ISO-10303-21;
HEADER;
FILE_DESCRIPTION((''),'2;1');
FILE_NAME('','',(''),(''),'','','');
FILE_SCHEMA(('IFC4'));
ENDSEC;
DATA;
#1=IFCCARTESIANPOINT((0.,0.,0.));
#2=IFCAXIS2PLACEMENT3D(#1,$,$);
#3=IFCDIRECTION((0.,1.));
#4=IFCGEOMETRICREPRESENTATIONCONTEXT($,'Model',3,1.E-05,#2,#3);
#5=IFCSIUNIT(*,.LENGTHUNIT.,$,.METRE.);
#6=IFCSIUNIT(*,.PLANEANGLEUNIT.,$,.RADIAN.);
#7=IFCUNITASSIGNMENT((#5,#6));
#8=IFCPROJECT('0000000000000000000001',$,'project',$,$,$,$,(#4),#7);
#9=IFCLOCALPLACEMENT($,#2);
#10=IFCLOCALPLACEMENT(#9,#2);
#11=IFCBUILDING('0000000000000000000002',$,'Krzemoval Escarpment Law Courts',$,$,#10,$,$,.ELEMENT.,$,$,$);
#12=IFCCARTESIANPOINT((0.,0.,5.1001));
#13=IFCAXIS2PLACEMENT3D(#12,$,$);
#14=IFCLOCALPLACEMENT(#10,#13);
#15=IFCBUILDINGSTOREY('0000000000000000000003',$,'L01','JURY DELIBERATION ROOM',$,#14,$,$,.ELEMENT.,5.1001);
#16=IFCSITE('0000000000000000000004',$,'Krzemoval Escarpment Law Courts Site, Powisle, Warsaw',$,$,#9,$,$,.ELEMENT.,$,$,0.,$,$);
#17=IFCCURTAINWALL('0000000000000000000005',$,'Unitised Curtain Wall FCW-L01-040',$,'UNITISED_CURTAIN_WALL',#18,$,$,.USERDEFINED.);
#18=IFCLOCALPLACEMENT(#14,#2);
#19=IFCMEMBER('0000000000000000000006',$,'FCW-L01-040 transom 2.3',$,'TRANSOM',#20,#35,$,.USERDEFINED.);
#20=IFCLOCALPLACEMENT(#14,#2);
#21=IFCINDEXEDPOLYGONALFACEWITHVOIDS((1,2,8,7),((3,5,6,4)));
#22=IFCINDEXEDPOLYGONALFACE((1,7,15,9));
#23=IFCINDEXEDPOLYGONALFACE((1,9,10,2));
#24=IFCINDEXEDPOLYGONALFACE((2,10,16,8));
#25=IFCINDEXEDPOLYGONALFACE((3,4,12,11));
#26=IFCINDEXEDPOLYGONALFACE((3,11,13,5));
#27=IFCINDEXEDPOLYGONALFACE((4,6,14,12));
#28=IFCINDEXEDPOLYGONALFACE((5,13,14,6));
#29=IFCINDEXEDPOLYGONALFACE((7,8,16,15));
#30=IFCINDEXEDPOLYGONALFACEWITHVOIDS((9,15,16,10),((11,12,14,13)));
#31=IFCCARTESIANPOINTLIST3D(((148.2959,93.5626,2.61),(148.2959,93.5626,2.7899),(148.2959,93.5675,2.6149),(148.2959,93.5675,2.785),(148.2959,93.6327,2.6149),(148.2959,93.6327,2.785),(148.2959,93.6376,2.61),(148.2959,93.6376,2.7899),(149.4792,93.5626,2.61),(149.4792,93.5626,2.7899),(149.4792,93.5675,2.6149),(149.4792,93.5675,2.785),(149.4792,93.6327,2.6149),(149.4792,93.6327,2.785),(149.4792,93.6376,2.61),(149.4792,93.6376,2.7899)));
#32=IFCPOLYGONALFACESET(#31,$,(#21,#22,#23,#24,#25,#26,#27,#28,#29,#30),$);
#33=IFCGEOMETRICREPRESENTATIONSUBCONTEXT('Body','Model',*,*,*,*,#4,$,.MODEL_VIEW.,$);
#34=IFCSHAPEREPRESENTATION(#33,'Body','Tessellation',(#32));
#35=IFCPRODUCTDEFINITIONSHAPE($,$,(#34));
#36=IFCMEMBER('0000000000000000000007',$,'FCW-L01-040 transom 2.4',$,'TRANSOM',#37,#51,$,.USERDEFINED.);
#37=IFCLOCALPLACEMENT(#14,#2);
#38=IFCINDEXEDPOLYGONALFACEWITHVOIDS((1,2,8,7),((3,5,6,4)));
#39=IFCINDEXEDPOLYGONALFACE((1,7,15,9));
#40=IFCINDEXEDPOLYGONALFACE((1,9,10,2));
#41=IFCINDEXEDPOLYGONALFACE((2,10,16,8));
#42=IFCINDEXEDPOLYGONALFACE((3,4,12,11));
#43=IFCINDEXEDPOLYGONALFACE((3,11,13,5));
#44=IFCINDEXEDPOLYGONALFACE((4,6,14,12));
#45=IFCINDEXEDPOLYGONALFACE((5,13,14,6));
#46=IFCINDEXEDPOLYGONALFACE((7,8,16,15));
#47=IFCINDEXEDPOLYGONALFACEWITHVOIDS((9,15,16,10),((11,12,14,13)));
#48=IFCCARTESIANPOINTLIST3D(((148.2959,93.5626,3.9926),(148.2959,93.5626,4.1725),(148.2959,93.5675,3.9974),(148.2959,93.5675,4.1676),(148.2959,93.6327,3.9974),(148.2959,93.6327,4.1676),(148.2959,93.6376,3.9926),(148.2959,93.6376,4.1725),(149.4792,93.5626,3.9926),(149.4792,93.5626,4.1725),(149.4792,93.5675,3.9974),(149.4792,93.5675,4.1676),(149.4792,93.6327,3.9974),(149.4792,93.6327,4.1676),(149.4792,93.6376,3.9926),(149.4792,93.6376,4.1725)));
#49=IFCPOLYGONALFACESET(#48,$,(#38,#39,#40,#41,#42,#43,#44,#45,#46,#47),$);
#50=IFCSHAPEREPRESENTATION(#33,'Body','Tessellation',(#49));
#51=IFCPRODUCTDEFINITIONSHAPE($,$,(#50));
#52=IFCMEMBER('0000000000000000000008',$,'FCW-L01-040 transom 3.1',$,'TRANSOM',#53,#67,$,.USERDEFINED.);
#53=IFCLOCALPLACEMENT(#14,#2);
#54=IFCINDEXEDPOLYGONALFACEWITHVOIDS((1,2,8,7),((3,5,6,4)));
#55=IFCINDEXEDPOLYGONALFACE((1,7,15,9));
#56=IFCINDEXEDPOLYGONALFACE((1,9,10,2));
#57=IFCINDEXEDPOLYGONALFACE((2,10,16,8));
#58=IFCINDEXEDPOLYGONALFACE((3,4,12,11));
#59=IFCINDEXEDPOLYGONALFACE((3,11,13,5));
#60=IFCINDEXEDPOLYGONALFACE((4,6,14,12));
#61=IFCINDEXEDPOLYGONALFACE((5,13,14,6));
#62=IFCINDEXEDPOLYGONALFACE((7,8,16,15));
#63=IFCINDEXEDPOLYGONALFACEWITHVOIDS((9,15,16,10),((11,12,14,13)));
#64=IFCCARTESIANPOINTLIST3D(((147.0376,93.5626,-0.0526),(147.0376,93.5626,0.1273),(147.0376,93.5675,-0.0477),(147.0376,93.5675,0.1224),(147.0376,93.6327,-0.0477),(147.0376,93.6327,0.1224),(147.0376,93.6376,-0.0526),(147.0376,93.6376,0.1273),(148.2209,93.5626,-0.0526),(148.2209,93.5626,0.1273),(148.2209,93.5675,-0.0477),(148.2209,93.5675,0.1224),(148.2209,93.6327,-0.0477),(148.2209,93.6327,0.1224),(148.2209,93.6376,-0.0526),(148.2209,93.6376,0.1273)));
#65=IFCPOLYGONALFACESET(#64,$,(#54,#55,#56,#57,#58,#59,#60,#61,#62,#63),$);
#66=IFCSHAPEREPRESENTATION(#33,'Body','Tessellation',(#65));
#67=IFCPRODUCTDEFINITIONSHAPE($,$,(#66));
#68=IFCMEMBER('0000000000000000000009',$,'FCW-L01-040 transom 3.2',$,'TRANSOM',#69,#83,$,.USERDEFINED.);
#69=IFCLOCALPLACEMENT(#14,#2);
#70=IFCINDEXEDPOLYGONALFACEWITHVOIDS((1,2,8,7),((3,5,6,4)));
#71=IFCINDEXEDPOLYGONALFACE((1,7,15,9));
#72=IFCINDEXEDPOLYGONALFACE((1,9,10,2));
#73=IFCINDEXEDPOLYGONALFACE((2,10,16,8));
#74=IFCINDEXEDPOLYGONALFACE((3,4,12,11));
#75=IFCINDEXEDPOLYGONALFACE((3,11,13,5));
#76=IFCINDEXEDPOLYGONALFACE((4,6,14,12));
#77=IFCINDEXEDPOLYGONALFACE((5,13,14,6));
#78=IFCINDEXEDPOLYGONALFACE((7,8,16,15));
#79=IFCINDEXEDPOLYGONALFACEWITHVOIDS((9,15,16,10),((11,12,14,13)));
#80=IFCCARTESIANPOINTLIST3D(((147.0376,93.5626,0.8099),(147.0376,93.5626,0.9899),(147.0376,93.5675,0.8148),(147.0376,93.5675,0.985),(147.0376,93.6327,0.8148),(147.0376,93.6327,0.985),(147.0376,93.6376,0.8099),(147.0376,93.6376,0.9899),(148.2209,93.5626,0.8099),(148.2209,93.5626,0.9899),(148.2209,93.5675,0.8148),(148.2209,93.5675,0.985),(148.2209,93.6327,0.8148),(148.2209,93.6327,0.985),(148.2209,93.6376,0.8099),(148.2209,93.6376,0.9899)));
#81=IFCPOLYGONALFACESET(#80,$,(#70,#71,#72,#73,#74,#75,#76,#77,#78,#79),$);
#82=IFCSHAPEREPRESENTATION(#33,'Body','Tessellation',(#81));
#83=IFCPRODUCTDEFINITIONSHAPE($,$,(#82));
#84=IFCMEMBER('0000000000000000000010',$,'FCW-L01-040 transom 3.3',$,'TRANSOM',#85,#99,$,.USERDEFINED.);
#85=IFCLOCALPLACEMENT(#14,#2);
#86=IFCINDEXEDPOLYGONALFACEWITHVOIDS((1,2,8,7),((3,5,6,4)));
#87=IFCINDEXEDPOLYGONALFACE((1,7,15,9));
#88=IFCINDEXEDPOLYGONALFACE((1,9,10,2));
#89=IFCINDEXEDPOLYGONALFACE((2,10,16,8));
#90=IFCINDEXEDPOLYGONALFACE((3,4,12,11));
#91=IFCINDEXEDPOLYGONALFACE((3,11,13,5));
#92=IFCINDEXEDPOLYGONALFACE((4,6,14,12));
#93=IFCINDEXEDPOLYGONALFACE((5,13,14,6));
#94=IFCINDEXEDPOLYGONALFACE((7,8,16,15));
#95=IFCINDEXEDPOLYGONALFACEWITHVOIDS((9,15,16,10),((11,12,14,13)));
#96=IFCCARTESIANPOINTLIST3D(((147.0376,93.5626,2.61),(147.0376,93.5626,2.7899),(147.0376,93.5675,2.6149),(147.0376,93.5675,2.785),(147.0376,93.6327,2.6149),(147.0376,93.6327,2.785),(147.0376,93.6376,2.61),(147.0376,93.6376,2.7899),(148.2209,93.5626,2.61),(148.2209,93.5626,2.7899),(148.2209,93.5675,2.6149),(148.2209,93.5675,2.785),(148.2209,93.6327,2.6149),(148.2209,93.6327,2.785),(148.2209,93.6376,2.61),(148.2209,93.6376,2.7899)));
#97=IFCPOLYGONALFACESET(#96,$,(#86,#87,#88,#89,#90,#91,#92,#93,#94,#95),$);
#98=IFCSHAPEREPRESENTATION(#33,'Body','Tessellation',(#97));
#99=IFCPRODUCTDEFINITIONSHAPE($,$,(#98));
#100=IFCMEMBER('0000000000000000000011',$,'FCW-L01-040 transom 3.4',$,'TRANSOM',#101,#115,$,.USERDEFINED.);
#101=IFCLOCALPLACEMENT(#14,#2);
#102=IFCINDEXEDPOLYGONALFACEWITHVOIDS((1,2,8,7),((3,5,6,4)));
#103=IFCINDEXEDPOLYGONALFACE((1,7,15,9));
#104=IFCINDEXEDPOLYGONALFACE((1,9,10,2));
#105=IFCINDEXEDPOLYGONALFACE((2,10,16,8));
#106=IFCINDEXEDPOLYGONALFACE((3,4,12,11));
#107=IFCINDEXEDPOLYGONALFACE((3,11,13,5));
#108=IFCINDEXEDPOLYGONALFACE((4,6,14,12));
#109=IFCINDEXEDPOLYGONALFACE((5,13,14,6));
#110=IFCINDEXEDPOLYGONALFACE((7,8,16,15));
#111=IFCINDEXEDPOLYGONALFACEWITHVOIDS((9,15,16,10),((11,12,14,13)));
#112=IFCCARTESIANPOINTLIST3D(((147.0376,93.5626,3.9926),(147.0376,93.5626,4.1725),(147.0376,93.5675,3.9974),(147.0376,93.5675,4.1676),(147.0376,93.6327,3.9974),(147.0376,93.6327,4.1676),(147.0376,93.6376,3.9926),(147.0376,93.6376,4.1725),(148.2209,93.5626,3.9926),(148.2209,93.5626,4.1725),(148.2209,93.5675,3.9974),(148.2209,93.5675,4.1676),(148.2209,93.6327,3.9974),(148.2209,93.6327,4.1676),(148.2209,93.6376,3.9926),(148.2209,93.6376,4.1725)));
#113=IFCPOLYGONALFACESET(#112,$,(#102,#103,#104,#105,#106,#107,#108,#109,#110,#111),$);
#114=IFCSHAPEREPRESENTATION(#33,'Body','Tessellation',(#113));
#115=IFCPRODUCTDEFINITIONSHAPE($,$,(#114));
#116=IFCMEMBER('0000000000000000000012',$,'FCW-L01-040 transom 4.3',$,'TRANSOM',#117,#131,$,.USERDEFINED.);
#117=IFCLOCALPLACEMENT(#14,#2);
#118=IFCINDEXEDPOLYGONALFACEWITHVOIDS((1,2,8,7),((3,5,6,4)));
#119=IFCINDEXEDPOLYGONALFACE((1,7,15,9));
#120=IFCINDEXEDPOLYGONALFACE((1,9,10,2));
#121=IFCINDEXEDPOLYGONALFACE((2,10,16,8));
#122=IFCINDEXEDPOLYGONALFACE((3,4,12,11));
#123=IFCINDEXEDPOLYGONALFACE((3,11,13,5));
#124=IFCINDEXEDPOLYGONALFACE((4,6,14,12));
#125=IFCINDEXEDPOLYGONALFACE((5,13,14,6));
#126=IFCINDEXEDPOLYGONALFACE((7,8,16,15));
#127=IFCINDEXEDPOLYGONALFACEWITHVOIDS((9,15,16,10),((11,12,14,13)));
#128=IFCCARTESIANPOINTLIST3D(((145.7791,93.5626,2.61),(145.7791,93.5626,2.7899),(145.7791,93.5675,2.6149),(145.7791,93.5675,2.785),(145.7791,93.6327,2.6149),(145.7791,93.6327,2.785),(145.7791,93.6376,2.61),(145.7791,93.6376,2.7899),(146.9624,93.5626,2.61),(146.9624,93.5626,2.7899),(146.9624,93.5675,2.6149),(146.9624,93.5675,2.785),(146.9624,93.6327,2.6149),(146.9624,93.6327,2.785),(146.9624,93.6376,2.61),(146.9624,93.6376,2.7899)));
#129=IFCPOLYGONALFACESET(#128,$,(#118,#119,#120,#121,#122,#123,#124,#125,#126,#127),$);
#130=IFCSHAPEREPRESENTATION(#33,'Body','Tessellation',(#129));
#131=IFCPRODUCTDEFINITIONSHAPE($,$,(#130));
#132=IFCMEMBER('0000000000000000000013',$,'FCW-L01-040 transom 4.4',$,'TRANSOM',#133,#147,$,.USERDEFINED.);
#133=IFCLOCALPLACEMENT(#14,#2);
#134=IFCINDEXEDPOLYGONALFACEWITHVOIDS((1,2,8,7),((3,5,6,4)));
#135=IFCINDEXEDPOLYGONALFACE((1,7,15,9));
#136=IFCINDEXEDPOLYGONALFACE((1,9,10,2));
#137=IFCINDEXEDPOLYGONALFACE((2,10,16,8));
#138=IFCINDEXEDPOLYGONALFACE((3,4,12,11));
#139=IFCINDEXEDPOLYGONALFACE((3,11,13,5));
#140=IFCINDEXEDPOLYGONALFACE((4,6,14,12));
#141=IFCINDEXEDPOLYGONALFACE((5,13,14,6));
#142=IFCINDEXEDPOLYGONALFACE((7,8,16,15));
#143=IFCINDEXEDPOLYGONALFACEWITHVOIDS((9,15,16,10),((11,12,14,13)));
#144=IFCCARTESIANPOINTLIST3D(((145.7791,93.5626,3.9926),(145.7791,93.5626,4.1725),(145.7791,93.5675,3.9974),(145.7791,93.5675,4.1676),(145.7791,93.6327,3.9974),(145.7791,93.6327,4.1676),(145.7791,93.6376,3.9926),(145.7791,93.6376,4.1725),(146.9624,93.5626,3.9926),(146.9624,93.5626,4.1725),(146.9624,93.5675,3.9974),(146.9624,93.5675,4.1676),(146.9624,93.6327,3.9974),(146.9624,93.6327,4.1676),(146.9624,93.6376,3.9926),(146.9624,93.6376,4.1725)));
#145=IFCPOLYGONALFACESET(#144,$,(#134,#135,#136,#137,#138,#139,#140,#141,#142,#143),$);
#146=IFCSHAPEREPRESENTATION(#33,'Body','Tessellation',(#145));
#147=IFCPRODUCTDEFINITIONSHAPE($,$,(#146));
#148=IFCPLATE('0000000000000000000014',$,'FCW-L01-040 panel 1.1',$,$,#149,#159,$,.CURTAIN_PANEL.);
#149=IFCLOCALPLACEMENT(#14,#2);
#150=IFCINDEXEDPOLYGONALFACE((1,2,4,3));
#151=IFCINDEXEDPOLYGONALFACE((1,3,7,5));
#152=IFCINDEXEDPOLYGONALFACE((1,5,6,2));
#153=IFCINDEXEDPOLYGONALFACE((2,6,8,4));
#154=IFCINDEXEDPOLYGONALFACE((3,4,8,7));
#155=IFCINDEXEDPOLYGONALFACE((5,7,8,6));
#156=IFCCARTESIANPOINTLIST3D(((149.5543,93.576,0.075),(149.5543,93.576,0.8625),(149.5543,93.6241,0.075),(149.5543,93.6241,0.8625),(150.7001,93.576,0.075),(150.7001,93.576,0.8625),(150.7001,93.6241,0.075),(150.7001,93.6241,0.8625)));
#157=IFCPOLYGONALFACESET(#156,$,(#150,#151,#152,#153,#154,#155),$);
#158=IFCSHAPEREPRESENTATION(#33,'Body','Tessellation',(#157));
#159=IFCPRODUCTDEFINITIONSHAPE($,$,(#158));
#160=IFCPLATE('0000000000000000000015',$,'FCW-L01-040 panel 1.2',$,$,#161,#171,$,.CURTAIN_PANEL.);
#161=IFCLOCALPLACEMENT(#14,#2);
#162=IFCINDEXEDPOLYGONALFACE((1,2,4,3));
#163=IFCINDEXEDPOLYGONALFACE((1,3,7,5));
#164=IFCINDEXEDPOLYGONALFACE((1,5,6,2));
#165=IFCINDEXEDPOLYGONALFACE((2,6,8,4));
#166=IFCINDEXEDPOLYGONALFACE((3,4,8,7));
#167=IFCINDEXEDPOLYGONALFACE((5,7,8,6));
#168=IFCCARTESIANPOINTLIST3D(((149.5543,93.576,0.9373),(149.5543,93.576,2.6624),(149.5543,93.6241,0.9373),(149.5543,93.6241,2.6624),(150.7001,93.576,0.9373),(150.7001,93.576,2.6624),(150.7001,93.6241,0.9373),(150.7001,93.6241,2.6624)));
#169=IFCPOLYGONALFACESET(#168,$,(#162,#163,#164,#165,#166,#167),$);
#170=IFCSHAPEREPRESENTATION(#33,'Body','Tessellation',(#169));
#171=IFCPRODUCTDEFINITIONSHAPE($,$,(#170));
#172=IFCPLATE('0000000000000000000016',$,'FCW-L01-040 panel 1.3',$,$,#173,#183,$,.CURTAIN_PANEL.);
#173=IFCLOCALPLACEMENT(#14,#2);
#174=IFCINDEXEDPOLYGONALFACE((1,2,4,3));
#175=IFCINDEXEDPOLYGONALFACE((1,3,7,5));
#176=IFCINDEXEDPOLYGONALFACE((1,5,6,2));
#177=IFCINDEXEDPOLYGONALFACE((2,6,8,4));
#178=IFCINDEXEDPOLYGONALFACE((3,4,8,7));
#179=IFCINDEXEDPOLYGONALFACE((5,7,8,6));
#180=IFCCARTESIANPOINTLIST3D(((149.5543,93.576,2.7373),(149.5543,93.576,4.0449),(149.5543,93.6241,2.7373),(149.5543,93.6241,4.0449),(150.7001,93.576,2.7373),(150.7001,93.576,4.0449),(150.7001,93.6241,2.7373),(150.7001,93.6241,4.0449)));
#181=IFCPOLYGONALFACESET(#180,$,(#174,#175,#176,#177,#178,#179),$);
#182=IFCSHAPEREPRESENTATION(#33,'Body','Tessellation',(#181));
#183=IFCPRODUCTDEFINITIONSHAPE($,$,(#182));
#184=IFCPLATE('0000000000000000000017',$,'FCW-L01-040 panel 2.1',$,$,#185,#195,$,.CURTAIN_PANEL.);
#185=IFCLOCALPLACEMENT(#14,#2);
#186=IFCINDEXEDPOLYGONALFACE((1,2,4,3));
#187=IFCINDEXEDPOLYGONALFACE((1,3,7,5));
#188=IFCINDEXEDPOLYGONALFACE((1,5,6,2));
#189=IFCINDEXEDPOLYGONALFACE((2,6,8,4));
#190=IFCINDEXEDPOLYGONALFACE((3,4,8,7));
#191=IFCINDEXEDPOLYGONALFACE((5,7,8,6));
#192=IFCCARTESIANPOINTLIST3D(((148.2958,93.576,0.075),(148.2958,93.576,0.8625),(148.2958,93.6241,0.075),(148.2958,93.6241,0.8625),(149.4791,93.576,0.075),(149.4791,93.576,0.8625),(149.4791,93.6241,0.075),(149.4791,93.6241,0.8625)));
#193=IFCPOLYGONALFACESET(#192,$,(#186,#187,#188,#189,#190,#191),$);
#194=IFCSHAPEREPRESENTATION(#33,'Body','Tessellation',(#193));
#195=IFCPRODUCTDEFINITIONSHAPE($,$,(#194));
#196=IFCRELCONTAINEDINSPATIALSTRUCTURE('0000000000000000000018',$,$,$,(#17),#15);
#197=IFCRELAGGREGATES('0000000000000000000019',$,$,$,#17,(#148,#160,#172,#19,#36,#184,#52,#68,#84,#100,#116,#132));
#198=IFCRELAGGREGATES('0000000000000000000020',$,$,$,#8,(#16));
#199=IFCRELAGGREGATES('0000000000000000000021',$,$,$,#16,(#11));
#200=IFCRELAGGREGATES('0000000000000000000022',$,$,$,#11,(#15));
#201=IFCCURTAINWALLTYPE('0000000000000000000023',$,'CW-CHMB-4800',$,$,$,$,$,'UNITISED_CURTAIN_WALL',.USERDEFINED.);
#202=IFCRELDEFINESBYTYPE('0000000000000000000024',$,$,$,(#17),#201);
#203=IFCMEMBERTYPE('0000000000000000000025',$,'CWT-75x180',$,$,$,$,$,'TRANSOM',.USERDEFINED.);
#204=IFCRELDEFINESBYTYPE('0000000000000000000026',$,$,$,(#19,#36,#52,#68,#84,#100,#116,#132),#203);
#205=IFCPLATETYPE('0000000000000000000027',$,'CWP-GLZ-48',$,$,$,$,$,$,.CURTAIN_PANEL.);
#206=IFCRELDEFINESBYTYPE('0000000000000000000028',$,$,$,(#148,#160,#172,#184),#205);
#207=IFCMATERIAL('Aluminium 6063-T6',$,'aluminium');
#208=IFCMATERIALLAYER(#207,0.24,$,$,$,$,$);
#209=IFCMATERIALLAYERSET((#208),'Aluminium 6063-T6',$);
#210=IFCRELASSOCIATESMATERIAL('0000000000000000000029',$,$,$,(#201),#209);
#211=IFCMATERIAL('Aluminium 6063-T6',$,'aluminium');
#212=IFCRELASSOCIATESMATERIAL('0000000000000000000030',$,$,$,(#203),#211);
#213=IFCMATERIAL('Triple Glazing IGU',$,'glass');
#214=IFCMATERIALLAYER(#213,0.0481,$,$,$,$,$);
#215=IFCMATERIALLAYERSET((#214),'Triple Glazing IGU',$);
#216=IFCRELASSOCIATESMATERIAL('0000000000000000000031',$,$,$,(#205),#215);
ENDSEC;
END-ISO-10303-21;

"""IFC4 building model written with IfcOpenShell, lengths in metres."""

from ifc_helpers import new_model, si_unit, direction, frame, origin, origin_2d, place, context, subcontext, project, spatial, rectangle, hollow_rectangle, extrude, material, layer, layer_set, material_profile, profile_set, type_object, element, aggregate, save


model = new_model("IFC4")

# Units and contexts
model_context = context("Model", 3, precision=1e-05, world=origin(), true_north=direction((0.0, 1.0)))
body_context = subcontext(model_context, "Body", "Model", "MODEL_VIEW")
ifc_project = project(units=[si_unit("LENGTHUNIT", "METRE"), si_unit("PLANEANGLEUNIT", "RADIAN")], contexts=[model_context])

# Site, building, storey
site_placement = place(None, origin())
site = spatial("IfcSite", under=ifc_project, at=site_placement, Name="Krzemoval Escarpment Law Courts Site, Powisle, Warsaw", CompositionType="ELEMENT", RefElevation=0.0)
building_placement = place(site_placement, origin())
building = spatial("IfcBuilding", under=site, at=building_placement, Name="Krzemoval Escarpment Law Courts", CompositionType="ELEMENT")
storey_placement = place(building_placement, frame((0.0, 0.0, 5.1001)))
storey = spatial("IfcBuildingStorey", under=building, at=storey_placement, Name="L01", Description="JURY DELIBERATION ROOM", CompositionType="ELEMENT", Elevation=5.1001)

# Curtain wall, members, plates
ifc_material_1 = material(Name="Aluminium 6063-T6", Category="aluminium")
ifc_layer_1 = layer(ifc_material_1, 0.24)
ifc_layer_set_1 = layer_set([ifc_layer_1], Name="Aluminium 6063-T6")
curtain_wall_type = type_object("IfcCurtainWallType", Name="CW-CHMB-4800", ElementType="UNITISED_CURTAIN_WALL", PredefinedType="USERDEFINED", material=ifc_layer_set_1)
curtain_wall_placement = place(storey_placement, origin())
curtain_wall = element("IfcCurtainWall", 1, at=curtain_wall_placement, inside=storey, type_object=curtain_wall_type, Name="Unitised Curtain Wall FCW-L01-040", ObjectType="UNITISED_CURTAIN_WALL", PredefinedType="USERDEFINED")
ifc_material_2 = material(Name="Aluminium 6063-T6", Category="aluminium")
ifc_material_profile_1 = material_profile(ifc_material_2, hollow_rectangle(XDim=0.075, YDim=0.1799, WallThickness=0.0049, at=origin_2d()), Name="ALU T75x180")
ifc_profile_set_1 = profile_set([ifc_material_profile_1], Name="Aluminium 6063-T6")
member_type_1 = type_object("IfcMemberType", Name="CWT-75x180", ElementType="TRANSOM", PredefinedType="USERDEFINED", material=ifc_profile_set_1)
member_1_placement = place(storey_placement, frame((149.4792, 93.6001, 2.7), z_axis=(-1.0, 0.0, 0.0), x_axis=(0.0, -1.0, 0.0)))
member_1 = element("IfcMember", 2, at=member_1_placement, type_object=member_type_1, Name="FCW-L01-040 transom 2.3", ObjectType="TRANSOM", PredefinedType="USERDEFINED", context=body_context, shape_type="SweptSolid", body=[
    extrude(hollow_rectangle(XDim=0.075, YDim=0.1799, WallThickness=0.0049, at=origin_2d()), origin(), (0.0, 0.0, 1.0), 1.1833),
])
member_2_placement = place(storey_placement, frame((149.4792, 93.6001, 4.0825), z_axis=(-1.0, 0.0, 0.0), x_axis=(0.0, -1.0, 0.0)))
member_2 = element("IfcMember", 3, at=member_2_placement, type_object=member_type_1, Name="FCW-L01-040 transom 2.4", ObjectType="TRANSOM", PredefinedType="USERDEFINED", context=body_context, shape_type="SweptSolid", body=[
    extrude(hollow_rectangle(XDim=0.075, YDim=0.1799, WallThickness=0.0049, at=origin_2d()), origin(), (0.0, 0.0, 1.0), 1.1833),
])
member_3_placement = place(storey_placement, frame((148.2209, 93.6001, 0.0374), z_axis=(-1.0, 0.0, 0.0), x_axis=(0.0, -1.0, 0.0)))
member_3 = element("IfcMember", 4, at=member_3_placement, type_object=member_type_1, Name="FCW-L01-040 transom 3.1", ObjectType="TRANSOM", PredefinedType="USERDEFINED", context=body_context, shape_type="SweptSolid", body=[
    extrude(hollow_rectangle(XDim=0.075, YDim=0.1799, WallThickness=0.0049, at=origin_2d()), origin(), (0.0, 0.0, 1.0), 1.1833),
])
member_4_placement = place(storey_placement, frame((148.2209, 93.6001, 0.8999), z_axis=(-1.0, 0.0, 0.0), x_axis=(0.0, -1.0, 0.0)))
member_4 = element("IfcMember", 5, at=member_4_placement, type_object=member_type_1, Name="FCW-L01-040 transom 3.2", ObjectType="TRANSOM", PredefinedType="USERDEFINED", context=body_context, shape_type="SweptSolid", body=[
    extrude(hollow_rectangle(XDim=0.075, YDim=0.1799, WallThickness=0.0049, at=origin_2d()), origin(), (0.0, 0.0, 1.0), 1.1833),
])
member_5_placement = place(storey_placement, frame((148.2209, 93.6001, 2.7), z_axis=(-1.0, 0.0, 0.0), x_axis=(0.0, -1.0, 0.0)))
member_5 = element("IfcMember", 6, at=member_5_placement, type_object=member_type_1, Name="FCW-L01-040 transom 3.3", ObjectType="TRANSOM", PredefinedType="USERDEFINED", context=body_context, shape_type="SweptSolid", body=[
    extrude(hollow_rectangle(XDim=0.075, YDim=0.1799, WallThickness=0.0049, at=origin_2d()), origin(), (0.0, 0.0, 1.0), 1.1833),
])
member_6_placement = place(storey_placement, frame((148.2209, 93.6001, 4.0825), z_axis=(-1.0, 0.0, 0.0), x_axis=(0.0, -1.0, 0.0)))
member_6 = element("IfcMember", 7, at=member_6_placement, type_object=member_type_1, Name="FCW-L01-040 transom 3.4", ObjectType="TRANSOM", PredefinedType="USERDEFINED", context=body_context, shape_type="SweptSolid", body=[
    extrude(hollow_rectangle(XDim=0.075, YDim=0.1799, WallThickness=0.0049, at=origin_2d()), origin(), (0.0, 0.0, 1.0), 1.1833),
])
member_7_placement = place(storey_placement, frame((146.9624, 93.6001, 2.7), z_axis=(-1.0, 0.0, 0.0), x_axis=(0.0, -1.0, 0.0)))
member_7 = element("IfcMember", 8, at=member_7_placement, type_object=member_type_1, Name="FCW-L01-040 transom 4.3", ObjectType="TRANSOM", PredefinedType="USERDEFINED", context=body_context, shape_type="SweptSolid", body=[
    extrude(hollow_rectangle(XDim=0.075, YDim=0.1799, WallThickness=0.0049, at=origin_2d()), origin(), (0.0, 0.0, 1.0), 1.1833),
])
member_8_placement = place(storey_placement, frame((146.9624, 93.6001, 4.0825), z_axis=(-1.0, 0.0, 0.0), x_axis=(0.0, -1.0, 0.0)))
member_8 = element("IfcMember", 9, at=member_8_placement, type_object=member_type_1, Name="FCW-L01-040 transom 4.4", ObjectType="TRANSOM", PredefinedType="USERDEFINED", context=body_context, shape_type="SweptSolid", body=[
    extrude(hollow_rectangle(XDim=0.075, YDim=0.1799, WallThickness=0.0049, at=origin_2d()), origin(), (0.0, 0.0, 1.0), 1.1833),
])
ifc_material_3 = material(Name="Triple Glazing IGU", Category="glass")
ifc_layer_2 = layer(ifc_material_3, 0.0481)
ifc_layer_set_2 = layer_set([ifc_layer_2], Name="Triple Glazing IGU")
plate_type = type_object("IfcPlateType", Name="CWP-GLZ-48", PredefinedType="CURTAIN_PANEL", material=ifc_layer_set_2)
plate_1_placement = place(storey_placement, frame((150.1272, 93.6001, 0.075), z_axis=(0.0, 0.0, 1.0), x_axis=(-1.0, 0.0, 0.0)))
plate_1 = element("IfcPlate", 10, at=plate_1_placement, type_object=plate_type, Name="FCW-L01-040 panel 1.1", PredefinedType="CURTAIN_PANEL", context=body_context, shape_type="SweptSolid", body=[
    extrude(rectangle(XDim=1.1458, YDim=0.0481, at=origin_2d()), origin(), (0.0, 0.0, 1.0), 0.7876),
])
plate_2_placement = place(storey_placement, frame((150.1272, 93.6001, 0.9373), z_axis=(0.0, 0.0, 1.0), x_axis=(-1.0, 0.0, 0.0)))
plate_2 = element("IfcPlate", 11, at=plate_2_placement, type_object=plate_type, Name="FCW-L01-040 panel 1.2", PredefinedType="CURTAIN_PANEL", context=body_context, shape_type="SweptSolid", body=[
    extrude(rectangle(XDim=1.1458, YDim=0.0481, at=origin_2d()), origin(), (0.0, 0.0, 1.0), 1.7251),
])
plate_3_placement = place(storey_placement, frame((150.1272, 93.6001, 2.7373), z_axis=(0.0, 0.0, 1.0), x_axis=(-1.0, 0.0, 0.0)))
plate_3 = element("IfcPlate", 12, at=plate_3_placement, type_object=plate_type, Name="FCW-L01-040 panel 1.3", PredefinedType="CURTAIN_PANEL", context=body_context, shape_type="SweptSolid", body=[
    extrude(rectangle(XDim=1.1458, YDim=0.0481, at=origin_2d()), origin(), (0.0, 0.0, 1.0), 1.3076),
])
plate_4_placement = place(storey_placement, frame((148.8875, 93.6001, 0.075), z_axis=(0.0, 0.0, 1.0), x_axis=(-1.0, 0.0, 0.0)))
plate_4 = element("IfcPlate", 13, at=plate_4_placement, type_object=plate_type, Name="FCW-L01-040 panel 2.1", PredefinedType="CURTAIN_PANEL", context=body_context, shape_type="SweptSolid", body=[
    extrude(rectangle(XDim=1.1833, YDim=0.0481, at=origin_2d()), origin(), (0.0, 0.0, 1.0), 0.7876),
])
aggregate(curtain_wall, [plate_1, plate_2, plate_3, member_1, member_2, plate_4, member_3, member_4, member_5, member_6, member_7, member_8])

save(model, "model.ifc")
